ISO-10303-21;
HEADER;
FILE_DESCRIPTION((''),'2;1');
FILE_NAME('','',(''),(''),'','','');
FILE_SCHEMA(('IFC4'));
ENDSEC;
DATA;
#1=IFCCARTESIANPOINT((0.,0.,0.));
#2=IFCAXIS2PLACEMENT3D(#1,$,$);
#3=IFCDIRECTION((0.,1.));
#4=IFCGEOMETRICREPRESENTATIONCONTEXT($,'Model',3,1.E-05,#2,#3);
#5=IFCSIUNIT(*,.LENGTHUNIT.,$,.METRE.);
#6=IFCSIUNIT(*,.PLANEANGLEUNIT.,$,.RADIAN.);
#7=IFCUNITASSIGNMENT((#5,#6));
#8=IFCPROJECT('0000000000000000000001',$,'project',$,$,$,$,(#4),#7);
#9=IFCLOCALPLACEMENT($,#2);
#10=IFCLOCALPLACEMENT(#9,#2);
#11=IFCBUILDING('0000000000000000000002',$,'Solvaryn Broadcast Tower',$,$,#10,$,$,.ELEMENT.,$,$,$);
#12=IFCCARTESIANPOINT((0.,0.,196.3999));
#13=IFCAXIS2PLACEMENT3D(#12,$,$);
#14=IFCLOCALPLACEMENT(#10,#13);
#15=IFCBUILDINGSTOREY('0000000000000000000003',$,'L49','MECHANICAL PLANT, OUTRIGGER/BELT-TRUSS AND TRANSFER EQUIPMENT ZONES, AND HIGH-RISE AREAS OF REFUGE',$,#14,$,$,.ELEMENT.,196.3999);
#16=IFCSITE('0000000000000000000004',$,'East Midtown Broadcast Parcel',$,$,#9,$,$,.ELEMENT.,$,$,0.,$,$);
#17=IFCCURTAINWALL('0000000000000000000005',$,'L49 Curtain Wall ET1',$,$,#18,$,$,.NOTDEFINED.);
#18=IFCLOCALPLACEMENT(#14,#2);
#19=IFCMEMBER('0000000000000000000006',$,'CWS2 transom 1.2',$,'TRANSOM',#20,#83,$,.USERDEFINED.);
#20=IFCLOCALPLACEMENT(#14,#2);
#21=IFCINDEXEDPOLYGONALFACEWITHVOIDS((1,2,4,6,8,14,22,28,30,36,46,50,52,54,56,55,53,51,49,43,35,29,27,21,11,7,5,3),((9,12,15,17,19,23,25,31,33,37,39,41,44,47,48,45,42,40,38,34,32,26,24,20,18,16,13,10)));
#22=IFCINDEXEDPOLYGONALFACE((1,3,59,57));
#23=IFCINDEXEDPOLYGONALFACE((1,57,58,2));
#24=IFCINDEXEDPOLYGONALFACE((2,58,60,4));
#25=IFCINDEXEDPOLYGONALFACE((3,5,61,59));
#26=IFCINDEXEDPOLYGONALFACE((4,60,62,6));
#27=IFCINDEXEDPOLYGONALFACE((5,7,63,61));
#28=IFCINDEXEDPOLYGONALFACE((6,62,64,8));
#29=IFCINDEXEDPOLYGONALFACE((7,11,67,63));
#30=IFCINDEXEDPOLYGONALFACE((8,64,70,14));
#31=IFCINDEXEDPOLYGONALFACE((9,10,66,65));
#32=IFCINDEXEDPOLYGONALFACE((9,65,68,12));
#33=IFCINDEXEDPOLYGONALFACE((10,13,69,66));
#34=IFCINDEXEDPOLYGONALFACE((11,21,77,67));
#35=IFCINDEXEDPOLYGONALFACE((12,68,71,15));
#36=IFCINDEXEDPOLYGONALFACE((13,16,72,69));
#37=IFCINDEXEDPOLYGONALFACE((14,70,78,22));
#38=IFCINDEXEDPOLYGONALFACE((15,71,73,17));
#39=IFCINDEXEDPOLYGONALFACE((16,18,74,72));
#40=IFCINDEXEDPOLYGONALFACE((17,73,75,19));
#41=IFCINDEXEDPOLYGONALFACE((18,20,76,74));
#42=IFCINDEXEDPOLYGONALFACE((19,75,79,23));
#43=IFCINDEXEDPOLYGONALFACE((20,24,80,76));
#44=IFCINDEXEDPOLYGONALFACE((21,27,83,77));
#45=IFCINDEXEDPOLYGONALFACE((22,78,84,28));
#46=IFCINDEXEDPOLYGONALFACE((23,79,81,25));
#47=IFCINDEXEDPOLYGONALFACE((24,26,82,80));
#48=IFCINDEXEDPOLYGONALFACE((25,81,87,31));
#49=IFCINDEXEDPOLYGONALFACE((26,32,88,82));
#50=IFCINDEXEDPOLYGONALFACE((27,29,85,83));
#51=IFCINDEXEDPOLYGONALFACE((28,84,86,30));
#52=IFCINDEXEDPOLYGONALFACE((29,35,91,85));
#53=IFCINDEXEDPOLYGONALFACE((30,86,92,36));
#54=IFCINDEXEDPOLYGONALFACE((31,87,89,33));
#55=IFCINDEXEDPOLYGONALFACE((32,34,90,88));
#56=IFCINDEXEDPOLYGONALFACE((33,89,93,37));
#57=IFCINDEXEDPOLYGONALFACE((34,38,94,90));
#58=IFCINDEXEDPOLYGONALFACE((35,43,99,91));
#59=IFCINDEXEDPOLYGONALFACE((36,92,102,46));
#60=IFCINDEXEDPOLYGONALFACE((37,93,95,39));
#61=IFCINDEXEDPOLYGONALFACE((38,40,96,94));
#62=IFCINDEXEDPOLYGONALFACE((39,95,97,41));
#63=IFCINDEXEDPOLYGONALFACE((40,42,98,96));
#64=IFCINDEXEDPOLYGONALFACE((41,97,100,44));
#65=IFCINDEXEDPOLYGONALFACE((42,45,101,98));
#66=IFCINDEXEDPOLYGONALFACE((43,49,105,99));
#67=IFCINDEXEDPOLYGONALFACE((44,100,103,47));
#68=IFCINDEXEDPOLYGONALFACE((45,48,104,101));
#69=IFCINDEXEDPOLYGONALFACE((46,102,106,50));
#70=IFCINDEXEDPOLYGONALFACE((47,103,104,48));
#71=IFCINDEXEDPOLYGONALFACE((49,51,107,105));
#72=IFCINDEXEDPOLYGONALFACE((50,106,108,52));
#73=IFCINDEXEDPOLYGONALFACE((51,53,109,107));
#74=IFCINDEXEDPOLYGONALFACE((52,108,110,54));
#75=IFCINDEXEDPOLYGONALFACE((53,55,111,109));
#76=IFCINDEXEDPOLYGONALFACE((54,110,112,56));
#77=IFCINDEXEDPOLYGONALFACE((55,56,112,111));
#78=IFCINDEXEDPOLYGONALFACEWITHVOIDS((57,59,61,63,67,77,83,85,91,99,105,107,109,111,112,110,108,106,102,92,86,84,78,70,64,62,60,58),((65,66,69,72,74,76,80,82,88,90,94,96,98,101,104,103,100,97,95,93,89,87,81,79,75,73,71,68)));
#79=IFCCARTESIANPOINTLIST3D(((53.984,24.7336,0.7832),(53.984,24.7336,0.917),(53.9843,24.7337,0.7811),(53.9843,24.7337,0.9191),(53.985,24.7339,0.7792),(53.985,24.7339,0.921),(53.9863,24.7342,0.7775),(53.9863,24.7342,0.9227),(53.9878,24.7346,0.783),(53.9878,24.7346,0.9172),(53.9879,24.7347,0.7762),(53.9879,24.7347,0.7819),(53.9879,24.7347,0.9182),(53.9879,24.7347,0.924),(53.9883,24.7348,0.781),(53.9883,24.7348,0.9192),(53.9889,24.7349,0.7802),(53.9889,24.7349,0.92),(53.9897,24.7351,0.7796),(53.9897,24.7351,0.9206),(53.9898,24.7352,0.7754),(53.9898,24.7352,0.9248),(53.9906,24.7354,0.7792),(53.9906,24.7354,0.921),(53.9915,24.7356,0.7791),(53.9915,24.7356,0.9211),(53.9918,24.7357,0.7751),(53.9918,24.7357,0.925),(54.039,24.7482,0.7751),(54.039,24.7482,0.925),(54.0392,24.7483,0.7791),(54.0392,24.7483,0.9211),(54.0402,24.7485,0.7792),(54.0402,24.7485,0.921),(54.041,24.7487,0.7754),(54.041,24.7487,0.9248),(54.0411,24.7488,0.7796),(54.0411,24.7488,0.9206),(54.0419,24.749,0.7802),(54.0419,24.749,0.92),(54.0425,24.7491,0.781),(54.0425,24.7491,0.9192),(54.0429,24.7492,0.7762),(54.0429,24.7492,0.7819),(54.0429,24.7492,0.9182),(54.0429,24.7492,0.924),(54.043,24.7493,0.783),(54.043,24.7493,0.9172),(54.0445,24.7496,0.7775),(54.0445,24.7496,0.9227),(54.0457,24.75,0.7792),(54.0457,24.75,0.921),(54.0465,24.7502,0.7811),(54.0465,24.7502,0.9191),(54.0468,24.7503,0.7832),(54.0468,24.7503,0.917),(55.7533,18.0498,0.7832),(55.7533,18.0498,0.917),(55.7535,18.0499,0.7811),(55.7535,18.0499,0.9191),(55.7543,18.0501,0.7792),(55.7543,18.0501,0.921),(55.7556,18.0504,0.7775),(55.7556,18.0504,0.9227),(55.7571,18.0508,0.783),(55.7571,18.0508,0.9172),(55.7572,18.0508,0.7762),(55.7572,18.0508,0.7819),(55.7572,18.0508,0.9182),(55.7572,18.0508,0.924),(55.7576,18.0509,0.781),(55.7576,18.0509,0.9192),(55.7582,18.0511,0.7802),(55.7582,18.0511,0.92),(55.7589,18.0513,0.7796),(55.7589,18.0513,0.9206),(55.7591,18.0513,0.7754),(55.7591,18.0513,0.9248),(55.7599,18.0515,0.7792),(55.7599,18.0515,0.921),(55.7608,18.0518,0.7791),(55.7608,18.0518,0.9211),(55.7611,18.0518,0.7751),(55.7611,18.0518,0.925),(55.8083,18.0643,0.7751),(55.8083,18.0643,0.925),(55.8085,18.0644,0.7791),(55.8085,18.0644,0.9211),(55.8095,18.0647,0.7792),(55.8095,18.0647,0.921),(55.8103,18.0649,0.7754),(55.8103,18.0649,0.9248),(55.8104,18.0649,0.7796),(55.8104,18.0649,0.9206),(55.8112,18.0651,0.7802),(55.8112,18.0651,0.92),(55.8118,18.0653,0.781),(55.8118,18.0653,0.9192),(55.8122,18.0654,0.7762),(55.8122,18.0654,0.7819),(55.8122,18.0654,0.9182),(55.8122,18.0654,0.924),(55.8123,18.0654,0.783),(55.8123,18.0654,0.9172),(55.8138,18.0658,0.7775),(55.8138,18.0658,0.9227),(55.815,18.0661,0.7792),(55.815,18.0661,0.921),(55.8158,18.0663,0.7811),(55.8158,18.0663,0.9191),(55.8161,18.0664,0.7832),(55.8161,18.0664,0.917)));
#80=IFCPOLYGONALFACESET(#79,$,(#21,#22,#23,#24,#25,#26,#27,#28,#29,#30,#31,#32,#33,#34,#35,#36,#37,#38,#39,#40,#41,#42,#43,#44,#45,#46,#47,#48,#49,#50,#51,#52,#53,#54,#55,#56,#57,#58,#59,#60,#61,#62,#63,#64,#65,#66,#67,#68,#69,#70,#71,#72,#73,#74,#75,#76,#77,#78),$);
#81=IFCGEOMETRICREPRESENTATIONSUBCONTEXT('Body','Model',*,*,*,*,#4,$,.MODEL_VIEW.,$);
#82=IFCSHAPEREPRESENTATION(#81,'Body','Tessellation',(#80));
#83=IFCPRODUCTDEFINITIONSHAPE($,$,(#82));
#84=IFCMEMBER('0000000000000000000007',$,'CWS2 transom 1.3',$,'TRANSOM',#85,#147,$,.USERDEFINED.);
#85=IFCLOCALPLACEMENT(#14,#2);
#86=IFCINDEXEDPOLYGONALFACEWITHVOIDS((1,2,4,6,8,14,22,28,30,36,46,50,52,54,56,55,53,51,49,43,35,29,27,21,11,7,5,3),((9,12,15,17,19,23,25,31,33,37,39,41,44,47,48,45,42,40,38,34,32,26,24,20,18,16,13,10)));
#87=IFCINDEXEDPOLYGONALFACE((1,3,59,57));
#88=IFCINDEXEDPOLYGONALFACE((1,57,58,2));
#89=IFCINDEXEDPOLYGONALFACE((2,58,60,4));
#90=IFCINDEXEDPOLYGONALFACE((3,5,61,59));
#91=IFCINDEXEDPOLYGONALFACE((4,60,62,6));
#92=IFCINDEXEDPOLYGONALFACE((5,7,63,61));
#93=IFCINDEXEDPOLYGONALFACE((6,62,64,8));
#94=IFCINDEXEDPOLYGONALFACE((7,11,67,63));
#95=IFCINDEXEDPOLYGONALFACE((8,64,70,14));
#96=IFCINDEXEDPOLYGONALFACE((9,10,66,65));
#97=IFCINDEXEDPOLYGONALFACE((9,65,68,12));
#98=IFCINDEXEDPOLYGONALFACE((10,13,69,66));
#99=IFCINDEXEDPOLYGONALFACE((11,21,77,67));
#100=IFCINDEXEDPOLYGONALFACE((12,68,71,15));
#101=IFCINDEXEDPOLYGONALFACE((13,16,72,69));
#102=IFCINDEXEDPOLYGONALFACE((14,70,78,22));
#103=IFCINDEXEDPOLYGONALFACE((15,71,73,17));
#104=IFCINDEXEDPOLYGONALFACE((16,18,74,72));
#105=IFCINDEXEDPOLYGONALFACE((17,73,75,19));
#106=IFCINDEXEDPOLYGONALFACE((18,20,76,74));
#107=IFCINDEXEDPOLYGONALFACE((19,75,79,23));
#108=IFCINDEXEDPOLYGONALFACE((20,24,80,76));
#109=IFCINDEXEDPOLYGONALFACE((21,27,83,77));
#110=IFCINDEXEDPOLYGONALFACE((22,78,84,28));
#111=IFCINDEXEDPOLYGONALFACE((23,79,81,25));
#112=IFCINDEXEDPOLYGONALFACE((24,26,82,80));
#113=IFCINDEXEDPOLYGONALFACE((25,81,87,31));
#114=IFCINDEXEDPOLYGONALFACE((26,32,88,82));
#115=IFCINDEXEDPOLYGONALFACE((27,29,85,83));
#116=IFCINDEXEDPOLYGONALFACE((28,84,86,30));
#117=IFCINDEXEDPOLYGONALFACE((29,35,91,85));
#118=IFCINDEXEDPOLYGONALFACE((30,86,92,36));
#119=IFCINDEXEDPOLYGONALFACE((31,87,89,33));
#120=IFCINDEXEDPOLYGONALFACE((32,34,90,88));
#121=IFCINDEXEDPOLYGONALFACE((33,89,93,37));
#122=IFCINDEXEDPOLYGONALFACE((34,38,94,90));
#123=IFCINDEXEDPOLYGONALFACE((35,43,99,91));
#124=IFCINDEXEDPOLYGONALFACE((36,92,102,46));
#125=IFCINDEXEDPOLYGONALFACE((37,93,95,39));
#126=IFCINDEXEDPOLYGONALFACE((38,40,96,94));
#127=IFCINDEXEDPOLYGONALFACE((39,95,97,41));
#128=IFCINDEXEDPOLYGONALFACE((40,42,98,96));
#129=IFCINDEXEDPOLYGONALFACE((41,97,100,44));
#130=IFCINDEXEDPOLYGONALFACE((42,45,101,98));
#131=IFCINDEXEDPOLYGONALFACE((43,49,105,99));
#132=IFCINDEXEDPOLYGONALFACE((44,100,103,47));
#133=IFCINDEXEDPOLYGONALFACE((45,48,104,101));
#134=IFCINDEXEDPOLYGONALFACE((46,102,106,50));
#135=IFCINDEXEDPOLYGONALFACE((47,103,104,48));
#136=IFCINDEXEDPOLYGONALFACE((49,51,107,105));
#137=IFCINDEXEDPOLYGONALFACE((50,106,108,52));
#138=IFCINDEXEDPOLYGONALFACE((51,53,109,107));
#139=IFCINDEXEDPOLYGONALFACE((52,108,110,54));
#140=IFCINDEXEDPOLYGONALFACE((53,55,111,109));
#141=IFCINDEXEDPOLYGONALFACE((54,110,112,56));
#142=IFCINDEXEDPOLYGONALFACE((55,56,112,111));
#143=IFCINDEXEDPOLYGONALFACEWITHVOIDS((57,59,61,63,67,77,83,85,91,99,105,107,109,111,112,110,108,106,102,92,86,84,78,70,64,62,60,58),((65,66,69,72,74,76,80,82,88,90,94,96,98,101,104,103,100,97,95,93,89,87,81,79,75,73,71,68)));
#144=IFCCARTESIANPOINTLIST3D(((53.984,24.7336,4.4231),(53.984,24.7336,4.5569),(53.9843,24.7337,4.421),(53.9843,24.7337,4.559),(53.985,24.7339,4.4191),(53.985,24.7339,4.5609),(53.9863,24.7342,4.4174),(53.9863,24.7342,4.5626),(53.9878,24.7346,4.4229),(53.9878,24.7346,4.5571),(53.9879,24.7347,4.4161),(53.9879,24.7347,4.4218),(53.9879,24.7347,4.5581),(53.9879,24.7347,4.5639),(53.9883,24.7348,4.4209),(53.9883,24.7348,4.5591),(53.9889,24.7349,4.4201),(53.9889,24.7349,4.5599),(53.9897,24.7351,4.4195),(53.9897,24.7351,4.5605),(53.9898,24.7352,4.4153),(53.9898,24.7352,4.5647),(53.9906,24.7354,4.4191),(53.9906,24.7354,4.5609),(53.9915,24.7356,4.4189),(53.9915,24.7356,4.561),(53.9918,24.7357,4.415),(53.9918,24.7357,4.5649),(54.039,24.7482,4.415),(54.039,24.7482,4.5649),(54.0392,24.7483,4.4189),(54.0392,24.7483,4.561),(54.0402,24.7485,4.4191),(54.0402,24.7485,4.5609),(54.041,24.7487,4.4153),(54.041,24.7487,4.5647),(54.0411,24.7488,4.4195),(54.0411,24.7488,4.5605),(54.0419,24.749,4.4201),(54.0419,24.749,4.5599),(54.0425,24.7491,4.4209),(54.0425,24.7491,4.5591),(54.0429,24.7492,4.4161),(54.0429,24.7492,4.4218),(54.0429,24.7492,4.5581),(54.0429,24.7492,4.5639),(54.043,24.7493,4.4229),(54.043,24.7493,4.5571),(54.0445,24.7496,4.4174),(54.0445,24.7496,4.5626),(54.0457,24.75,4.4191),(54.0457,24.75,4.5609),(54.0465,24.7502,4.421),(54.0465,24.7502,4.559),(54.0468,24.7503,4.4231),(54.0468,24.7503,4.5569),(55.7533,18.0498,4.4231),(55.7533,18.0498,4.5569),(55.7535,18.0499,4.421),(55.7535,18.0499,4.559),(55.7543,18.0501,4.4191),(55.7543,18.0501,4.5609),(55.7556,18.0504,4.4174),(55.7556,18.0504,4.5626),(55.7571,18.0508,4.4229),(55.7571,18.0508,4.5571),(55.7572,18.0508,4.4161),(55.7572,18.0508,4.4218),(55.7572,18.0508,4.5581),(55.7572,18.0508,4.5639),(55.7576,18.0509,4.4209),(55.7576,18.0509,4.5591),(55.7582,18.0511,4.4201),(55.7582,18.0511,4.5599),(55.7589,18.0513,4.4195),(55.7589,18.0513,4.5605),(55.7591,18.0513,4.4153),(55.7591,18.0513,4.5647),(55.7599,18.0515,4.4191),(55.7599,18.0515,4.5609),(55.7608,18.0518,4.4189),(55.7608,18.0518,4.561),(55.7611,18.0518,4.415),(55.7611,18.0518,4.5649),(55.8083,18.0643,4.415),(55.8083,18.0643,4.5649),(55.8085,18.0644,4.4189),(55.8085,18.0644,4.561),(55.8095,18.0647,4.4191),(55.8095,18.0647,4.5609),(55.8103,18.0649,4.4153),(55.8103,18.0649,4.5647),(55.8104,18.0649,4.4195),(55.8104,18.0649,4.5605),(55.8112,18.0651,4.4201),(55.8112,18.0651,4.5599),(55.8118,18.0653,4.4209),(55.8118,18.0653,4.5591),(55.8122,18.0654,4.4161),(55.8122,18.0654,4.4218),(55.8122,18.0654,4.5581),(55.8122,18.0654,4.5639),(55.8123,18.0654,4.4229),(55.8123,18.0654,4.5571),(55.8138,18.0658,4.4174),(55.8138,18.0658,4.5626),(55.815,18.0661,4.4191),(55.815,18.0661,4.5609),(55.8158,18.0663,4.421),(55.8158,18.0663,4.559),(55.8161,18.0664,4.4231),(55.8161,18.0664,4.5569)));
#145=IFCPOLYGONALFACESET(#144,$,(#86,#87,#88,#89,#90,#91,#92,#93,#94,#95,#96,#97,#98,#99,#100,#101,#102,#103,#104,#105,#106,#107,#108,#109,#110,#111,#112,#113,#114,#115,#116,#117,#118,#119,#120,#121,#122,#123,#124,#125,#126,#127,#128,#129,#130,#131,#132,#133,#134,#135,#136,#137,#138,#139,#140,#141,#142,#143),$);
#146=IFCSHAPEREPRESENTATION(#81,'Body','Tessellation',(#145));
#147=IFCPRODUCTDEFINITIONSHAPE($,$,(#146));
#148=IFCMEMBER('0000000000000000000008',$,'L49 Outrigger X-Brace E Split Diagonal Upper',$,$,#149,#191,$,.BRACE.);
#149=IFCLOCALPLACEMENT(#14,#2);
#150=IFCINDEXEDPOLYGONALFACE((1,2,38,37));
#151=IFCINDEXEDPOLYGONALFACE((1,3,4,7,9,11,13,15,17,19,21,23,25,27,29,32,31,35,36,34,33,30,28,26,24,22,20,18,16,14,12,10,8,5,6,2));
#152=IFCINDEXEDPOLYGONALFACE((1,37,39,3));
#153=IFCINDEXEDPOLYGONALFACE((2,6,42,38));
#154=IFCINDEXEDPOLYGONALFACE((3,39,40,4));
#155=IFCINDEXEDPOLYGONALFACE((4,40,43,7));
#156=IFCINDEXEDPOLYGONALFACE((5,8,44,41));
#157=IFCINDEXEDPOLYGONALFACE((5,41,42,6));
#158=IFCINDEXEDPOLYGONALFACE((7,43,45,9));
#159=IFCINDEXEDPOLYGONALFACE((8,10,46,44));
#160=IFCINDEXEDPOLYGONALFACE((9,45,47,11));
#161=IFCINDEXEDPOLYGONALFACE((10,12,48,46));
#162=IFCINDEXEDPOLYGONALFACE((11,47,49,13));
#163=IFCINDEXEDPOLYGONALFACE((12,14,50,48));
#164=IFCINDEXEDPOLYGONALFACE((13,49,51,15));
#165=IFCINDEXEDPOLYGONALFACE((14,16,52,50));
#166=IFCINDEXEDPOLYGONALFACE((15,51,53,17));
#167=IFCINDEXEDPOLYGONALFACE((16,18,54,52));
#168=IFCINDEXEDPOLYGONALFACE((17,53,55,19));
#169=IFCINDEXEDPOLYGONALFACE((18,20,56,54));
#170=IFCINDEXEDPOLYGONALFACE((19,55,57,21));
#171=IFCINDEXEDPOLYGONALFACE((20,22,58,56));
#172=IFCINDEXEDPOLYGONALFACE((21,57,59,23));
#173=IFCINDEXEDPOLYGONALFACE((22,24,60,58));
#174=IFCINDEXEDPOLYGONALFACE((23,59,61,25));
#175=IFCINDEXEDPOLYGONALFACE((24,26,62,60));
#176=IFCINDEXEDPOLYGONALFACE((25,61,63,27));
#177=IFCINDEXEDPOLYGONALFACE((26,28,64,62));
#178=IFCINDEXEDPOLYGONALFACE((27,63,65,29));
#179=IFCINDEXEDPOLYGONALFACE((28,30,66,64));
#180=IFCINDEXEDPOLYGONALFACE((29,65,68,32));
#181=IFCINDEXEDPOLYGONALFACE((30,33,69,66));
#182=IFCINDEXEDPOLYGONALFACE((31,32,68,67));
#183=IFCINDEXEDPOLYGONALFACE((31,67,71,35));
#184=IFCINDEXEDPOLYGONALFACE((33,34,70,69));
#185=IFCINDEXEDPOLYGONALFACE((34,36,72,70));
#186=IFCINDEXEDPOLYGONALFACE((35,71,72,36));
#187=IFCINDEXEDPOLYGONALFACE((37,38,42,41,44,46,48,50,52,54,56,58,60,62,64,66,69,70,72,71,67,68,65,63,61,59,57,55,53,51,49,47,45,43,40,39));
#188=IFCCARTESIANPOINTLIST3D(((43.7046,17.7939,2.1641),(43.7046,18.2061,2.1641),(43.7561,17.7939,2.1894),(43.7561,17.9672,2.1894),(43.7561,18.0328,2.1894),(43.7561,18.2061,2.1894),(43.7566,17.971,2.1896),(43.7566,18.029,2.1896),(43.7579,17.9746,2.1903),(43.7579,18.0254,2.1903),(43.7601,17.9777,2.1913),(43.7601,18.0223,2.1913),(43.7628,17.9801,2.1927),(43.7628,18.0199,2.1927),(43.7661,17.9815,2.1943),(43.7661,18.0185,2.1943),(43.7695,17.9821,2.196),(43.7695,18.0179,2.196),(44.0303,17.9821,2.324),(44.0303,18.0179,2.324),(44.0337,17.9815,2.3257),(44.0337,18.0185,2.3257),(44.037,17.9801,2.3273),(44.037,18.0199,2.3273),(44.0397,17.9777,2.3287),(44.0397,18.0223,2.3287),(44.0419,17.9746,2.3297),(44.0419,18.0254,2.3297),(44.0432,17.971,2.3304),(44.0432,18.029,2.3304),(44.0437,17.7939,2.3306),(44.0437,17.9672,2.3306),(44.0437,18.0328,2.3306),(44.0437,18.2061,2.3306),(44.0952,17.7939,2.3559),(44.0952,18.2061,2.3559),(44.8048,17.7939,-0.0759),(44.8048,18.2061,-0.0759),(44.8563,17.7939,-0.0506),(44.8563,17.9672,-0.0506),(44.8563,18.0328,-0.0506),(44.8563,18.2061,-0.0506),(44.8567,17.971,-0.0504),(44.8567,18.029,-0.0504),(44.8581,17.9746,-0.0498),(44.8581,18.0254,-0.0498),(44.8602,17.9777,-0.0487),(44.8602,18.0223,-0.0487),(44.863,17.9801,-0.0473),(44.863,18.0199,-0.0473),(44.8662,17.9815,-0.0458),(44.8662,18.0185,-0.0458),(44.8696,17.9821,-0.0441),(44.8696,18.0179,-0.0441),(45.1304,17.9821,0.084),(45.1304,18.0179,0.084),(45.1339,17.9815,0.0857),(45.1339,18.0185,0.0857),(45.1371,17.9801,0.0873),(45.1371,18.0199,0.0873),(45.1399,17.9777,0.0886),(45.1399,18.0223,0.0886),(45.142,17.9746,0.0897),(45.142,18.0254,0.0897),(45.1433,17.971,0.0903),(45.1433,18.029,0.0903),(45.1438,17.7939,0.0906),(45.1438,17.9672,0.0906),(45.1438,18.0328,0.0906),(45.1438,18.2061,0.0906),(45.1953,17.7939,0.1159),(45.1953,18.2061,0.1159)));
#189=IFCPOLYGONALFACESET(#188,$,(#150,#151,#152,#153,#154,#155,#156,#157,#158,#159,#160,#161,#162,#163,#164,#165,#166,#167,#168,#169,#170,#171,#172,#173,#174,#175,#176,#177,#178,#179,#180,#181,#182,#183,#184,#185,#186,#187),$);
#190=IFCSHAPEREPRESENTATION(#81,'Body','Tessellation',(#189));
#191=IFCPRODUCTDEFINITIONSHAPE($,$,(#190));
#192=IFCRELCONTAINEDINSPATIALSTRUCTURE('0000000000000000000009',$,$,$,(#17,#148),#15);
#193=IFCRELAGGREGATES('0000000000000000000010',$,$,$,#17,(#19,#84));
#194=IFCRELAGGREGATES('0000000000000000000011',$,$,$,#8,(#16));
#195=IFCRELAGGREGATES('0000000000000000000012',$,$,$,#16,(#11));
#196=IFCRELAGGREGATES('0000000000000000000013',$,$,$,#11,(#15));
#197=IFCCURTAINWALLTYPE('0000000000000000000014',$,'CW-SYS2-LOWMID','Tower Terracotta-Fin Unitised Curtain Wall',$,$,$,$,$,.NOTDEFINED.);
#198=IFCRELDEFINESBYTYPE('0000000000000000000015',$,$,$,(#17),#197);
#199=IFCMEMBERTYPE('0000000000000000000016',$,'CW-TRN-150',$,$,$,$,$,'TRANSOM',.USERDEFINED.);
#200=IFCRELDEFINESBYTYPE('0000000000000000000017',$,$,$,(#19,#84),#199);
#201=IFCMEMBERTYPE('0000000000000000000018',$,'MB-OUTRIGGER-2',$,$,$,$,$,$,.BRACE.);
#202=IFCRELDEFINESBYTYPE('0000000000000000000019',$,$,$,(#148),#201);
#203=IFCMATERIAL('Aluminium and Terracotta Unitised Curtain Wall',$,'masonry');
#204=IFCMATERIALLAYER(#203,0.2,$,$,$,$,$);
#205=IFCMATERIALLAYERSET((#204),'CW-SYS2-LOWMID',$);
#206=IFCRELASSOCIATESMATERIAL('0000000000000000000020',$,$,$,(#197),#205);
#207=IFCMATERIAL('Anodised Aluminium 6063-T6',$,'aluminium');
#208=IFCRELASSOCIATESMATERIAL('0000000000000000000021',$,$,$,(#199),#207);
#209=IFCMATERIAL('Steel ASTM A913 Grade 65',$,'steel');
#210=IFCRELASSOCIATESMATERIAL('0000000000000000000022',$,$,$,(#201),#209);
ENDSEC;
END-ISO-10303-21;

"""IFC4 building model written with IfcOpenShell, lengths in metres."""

from ifc_helpers import new_model, si_unit, direction, frame, origin, origin_2d, place, context, subcontext, project, spatial, hollow_rectangle, i_section, extrude, material, layer, layer_set, material_profile, profile_set, type_object, element, aggregate, save


model = new_model("IFC4")

# Units and contexts
model_context = context("Model", 3, precision=1e-05, world=origin(), true_north=direction((0.0, 1.0)))
body_context = subcontext(model_context, "Body", "Model", "MODEL_VIEW")
ifc_project = project(units=[si_unit("LENGTHUNIT", "METRE"), si_unit("PLANEANGLEUNIT", "RADIAN")], contexts=[model_context])

# Site, building, storey
site_placement = place(None, origin())
site = spatial("IfcSite", under=ifc_project, at=site_placement, Name="East Midtown Broadcast Parcel", CompositionType="ELEMENT", RefElevation=0.0)
building_placement = place(site_placement, origin())
building = spatial("IfcBuilding", under=site, at=building_placement, Name="Solvaryn Broadcast Tower", CompositionType="ELEMENT")
storey_placement = place(building_placement, frame((0.0, 0.0, 196.3999)))
storey = spatial("IfcBuildingStorey", under=building, at=storey_placement, Name="L49", Description="MECHANICAL PLANT, OUTRIGGER/BELT-TRUSS AND TRANSFER EQUIPMENT ZONES, AND HIGH-RISE AREAS OF REFUGE", CompositionType="ELEMENT", Elevation=196.3999)

# Curtain wall
ifc_material_1 = material(Name="Aluminium and Terracotta Unitised Curtain Wall", Category="masonry")
ifc_layer_1 = layer(ifc_material_1, 0.2)
ifc_layer_set_1 = layer_set([ifc_layer_1], Name="CW-SYS2-LOWMID")
curtain_wall_type = type_object("IfcCurtainWallType", Name="CW-SYS2-LOWMID", Description="Tower Terracotta-Fin Unitised Curtain Wall", PredefinedType="NOTDEFINED", material=ifc_layer_set_1)
curtain_wall_1_placement = place(storey_placement, origin())
curtain_wall_1 = element("IfcCurtainWall", 1, at=curtain_wall_1_placement, inside=storey, type_object=curtain_wall_type, Name="L49 Curtain Wall ET1", PredefinedType="NOTDEFINED")

# Members
ifc_material_2 = material(Name="Anodised Aluminium 6063-T6", Category="aluminium")
ifc_material_profile_1 = material_profile(ifc_material_2, hollow_rectangle(XDim=0.0649, YDim=0.1499, WallThickness=0.0039, InnerFilletRadius=0.0039, OuterFilletRadius=0.0081, at=origin_2d()))
ifc_profile_set_1 = profile_set([ifc_material_profile_1], Name="Anodised Aluminium 6063-T6")
member_type_1 = type_object("IfcMemberType", Name="CW-TRN-150", ElementType="TRANSOM", PredefinedType="USERDEFINED", material=ifc_profile_set_1)
member_1_placement = place(storey_placement, frame((54.0154, 24.7419, 0.8501), z_axis=(0.255897, -0.966704, 0.0), x_axis=(0.966704, 0.255897, 0.0)))
member_1 = element("IfcMember", 2, at=member_1_placement, type_object=member_type_1, Name="CWS2 transom 1.2", ObjectType="TRANSOM", PredefinedType="USERDEFINED", context=body_context, shape_type="SweptSolid", body=[
    extrude(hollow_rectangle(XDim=0.0649, YDim=0.1499, WallThickness=0.0039, InnerFilletRadius=0.0039, OuterFilletRadius=0.0081, at=origin_2d()), origin(), (0.0, 0.0, 1.0), 6.9141),
])
member_2_placement = place(storey_placement, frame((54.0154, 24.7419, 4.49), z_axis=(0.255897, -0.966704, 0.0), x_axis=(0.966704, 0.255897, 0.0)))
member_2 = element("IfcMember", 3, at=member_2_placement, type_object=member_type_1, Name="CWS2 transom 1.3", ObjectType="TRANSOM", PredefinedType="USERDEFINED", context=body_context, shape_type="SweptSolid", body=[
    extrude(hollow_rectangle(XDim=0.0649, YDim=0.1499, WallThickness=0.0039, InnerFilletRadius=0.0039, OuterFilletRadius=0.0081, at=origin_2d()), origin(), (0.0, 0.0, 1.0), 6.9141),
])
ifc_material_3 = material(Name="Steel ASTM A913 Grade 65", Category="steel")
ifc_material_profile_2 = material_profile(ifc_material_3, i_section(OverallWidth=0.4121, OverallDepth=0.4351, WebThickness=0.0359, FlangeThickness=0.0574, FilletRadius=0.0149, at=origin_2d()))
ifc_profile_set_2 = profile_set([ifc_material_profile_2], Name="Steel ASTM A913 Grade 65")
member_type_2 = type_object("IfcMemberType", Name="MB-OUTRIGGER-2", PredefinedType="BRACE", material=ifc_profile_set_2)
member_3_placement = place(storey_placement, frame((43.8999, 18.0, 2.26), z_axis=(0.440824, 0.0, -0.897594), x_axis=(0.0, 1.0, 0.0)))
element("IfcMember", 4, at=member_3_placement, inside=storey, type_object=member_type_2, Name="L49 Outrigger X-Brace E Split Diagonal Upper", PredefinedType="BRACE", context=body_context, shape_type="SweptSolid", body=[
    extrude(i_section(OverallWidth=0.4121, OverallDepth=0.4351, WebThickness=0.0359, FlangeThickness=0.0574, FilletRadius=0.0149, at=origin_2d()), origin(), (0.0, 0.0, 1.0), 2.4956),
])

aggregate(curtain_wall_1, [member_1, member_2])

save(model, "model.ifc")
